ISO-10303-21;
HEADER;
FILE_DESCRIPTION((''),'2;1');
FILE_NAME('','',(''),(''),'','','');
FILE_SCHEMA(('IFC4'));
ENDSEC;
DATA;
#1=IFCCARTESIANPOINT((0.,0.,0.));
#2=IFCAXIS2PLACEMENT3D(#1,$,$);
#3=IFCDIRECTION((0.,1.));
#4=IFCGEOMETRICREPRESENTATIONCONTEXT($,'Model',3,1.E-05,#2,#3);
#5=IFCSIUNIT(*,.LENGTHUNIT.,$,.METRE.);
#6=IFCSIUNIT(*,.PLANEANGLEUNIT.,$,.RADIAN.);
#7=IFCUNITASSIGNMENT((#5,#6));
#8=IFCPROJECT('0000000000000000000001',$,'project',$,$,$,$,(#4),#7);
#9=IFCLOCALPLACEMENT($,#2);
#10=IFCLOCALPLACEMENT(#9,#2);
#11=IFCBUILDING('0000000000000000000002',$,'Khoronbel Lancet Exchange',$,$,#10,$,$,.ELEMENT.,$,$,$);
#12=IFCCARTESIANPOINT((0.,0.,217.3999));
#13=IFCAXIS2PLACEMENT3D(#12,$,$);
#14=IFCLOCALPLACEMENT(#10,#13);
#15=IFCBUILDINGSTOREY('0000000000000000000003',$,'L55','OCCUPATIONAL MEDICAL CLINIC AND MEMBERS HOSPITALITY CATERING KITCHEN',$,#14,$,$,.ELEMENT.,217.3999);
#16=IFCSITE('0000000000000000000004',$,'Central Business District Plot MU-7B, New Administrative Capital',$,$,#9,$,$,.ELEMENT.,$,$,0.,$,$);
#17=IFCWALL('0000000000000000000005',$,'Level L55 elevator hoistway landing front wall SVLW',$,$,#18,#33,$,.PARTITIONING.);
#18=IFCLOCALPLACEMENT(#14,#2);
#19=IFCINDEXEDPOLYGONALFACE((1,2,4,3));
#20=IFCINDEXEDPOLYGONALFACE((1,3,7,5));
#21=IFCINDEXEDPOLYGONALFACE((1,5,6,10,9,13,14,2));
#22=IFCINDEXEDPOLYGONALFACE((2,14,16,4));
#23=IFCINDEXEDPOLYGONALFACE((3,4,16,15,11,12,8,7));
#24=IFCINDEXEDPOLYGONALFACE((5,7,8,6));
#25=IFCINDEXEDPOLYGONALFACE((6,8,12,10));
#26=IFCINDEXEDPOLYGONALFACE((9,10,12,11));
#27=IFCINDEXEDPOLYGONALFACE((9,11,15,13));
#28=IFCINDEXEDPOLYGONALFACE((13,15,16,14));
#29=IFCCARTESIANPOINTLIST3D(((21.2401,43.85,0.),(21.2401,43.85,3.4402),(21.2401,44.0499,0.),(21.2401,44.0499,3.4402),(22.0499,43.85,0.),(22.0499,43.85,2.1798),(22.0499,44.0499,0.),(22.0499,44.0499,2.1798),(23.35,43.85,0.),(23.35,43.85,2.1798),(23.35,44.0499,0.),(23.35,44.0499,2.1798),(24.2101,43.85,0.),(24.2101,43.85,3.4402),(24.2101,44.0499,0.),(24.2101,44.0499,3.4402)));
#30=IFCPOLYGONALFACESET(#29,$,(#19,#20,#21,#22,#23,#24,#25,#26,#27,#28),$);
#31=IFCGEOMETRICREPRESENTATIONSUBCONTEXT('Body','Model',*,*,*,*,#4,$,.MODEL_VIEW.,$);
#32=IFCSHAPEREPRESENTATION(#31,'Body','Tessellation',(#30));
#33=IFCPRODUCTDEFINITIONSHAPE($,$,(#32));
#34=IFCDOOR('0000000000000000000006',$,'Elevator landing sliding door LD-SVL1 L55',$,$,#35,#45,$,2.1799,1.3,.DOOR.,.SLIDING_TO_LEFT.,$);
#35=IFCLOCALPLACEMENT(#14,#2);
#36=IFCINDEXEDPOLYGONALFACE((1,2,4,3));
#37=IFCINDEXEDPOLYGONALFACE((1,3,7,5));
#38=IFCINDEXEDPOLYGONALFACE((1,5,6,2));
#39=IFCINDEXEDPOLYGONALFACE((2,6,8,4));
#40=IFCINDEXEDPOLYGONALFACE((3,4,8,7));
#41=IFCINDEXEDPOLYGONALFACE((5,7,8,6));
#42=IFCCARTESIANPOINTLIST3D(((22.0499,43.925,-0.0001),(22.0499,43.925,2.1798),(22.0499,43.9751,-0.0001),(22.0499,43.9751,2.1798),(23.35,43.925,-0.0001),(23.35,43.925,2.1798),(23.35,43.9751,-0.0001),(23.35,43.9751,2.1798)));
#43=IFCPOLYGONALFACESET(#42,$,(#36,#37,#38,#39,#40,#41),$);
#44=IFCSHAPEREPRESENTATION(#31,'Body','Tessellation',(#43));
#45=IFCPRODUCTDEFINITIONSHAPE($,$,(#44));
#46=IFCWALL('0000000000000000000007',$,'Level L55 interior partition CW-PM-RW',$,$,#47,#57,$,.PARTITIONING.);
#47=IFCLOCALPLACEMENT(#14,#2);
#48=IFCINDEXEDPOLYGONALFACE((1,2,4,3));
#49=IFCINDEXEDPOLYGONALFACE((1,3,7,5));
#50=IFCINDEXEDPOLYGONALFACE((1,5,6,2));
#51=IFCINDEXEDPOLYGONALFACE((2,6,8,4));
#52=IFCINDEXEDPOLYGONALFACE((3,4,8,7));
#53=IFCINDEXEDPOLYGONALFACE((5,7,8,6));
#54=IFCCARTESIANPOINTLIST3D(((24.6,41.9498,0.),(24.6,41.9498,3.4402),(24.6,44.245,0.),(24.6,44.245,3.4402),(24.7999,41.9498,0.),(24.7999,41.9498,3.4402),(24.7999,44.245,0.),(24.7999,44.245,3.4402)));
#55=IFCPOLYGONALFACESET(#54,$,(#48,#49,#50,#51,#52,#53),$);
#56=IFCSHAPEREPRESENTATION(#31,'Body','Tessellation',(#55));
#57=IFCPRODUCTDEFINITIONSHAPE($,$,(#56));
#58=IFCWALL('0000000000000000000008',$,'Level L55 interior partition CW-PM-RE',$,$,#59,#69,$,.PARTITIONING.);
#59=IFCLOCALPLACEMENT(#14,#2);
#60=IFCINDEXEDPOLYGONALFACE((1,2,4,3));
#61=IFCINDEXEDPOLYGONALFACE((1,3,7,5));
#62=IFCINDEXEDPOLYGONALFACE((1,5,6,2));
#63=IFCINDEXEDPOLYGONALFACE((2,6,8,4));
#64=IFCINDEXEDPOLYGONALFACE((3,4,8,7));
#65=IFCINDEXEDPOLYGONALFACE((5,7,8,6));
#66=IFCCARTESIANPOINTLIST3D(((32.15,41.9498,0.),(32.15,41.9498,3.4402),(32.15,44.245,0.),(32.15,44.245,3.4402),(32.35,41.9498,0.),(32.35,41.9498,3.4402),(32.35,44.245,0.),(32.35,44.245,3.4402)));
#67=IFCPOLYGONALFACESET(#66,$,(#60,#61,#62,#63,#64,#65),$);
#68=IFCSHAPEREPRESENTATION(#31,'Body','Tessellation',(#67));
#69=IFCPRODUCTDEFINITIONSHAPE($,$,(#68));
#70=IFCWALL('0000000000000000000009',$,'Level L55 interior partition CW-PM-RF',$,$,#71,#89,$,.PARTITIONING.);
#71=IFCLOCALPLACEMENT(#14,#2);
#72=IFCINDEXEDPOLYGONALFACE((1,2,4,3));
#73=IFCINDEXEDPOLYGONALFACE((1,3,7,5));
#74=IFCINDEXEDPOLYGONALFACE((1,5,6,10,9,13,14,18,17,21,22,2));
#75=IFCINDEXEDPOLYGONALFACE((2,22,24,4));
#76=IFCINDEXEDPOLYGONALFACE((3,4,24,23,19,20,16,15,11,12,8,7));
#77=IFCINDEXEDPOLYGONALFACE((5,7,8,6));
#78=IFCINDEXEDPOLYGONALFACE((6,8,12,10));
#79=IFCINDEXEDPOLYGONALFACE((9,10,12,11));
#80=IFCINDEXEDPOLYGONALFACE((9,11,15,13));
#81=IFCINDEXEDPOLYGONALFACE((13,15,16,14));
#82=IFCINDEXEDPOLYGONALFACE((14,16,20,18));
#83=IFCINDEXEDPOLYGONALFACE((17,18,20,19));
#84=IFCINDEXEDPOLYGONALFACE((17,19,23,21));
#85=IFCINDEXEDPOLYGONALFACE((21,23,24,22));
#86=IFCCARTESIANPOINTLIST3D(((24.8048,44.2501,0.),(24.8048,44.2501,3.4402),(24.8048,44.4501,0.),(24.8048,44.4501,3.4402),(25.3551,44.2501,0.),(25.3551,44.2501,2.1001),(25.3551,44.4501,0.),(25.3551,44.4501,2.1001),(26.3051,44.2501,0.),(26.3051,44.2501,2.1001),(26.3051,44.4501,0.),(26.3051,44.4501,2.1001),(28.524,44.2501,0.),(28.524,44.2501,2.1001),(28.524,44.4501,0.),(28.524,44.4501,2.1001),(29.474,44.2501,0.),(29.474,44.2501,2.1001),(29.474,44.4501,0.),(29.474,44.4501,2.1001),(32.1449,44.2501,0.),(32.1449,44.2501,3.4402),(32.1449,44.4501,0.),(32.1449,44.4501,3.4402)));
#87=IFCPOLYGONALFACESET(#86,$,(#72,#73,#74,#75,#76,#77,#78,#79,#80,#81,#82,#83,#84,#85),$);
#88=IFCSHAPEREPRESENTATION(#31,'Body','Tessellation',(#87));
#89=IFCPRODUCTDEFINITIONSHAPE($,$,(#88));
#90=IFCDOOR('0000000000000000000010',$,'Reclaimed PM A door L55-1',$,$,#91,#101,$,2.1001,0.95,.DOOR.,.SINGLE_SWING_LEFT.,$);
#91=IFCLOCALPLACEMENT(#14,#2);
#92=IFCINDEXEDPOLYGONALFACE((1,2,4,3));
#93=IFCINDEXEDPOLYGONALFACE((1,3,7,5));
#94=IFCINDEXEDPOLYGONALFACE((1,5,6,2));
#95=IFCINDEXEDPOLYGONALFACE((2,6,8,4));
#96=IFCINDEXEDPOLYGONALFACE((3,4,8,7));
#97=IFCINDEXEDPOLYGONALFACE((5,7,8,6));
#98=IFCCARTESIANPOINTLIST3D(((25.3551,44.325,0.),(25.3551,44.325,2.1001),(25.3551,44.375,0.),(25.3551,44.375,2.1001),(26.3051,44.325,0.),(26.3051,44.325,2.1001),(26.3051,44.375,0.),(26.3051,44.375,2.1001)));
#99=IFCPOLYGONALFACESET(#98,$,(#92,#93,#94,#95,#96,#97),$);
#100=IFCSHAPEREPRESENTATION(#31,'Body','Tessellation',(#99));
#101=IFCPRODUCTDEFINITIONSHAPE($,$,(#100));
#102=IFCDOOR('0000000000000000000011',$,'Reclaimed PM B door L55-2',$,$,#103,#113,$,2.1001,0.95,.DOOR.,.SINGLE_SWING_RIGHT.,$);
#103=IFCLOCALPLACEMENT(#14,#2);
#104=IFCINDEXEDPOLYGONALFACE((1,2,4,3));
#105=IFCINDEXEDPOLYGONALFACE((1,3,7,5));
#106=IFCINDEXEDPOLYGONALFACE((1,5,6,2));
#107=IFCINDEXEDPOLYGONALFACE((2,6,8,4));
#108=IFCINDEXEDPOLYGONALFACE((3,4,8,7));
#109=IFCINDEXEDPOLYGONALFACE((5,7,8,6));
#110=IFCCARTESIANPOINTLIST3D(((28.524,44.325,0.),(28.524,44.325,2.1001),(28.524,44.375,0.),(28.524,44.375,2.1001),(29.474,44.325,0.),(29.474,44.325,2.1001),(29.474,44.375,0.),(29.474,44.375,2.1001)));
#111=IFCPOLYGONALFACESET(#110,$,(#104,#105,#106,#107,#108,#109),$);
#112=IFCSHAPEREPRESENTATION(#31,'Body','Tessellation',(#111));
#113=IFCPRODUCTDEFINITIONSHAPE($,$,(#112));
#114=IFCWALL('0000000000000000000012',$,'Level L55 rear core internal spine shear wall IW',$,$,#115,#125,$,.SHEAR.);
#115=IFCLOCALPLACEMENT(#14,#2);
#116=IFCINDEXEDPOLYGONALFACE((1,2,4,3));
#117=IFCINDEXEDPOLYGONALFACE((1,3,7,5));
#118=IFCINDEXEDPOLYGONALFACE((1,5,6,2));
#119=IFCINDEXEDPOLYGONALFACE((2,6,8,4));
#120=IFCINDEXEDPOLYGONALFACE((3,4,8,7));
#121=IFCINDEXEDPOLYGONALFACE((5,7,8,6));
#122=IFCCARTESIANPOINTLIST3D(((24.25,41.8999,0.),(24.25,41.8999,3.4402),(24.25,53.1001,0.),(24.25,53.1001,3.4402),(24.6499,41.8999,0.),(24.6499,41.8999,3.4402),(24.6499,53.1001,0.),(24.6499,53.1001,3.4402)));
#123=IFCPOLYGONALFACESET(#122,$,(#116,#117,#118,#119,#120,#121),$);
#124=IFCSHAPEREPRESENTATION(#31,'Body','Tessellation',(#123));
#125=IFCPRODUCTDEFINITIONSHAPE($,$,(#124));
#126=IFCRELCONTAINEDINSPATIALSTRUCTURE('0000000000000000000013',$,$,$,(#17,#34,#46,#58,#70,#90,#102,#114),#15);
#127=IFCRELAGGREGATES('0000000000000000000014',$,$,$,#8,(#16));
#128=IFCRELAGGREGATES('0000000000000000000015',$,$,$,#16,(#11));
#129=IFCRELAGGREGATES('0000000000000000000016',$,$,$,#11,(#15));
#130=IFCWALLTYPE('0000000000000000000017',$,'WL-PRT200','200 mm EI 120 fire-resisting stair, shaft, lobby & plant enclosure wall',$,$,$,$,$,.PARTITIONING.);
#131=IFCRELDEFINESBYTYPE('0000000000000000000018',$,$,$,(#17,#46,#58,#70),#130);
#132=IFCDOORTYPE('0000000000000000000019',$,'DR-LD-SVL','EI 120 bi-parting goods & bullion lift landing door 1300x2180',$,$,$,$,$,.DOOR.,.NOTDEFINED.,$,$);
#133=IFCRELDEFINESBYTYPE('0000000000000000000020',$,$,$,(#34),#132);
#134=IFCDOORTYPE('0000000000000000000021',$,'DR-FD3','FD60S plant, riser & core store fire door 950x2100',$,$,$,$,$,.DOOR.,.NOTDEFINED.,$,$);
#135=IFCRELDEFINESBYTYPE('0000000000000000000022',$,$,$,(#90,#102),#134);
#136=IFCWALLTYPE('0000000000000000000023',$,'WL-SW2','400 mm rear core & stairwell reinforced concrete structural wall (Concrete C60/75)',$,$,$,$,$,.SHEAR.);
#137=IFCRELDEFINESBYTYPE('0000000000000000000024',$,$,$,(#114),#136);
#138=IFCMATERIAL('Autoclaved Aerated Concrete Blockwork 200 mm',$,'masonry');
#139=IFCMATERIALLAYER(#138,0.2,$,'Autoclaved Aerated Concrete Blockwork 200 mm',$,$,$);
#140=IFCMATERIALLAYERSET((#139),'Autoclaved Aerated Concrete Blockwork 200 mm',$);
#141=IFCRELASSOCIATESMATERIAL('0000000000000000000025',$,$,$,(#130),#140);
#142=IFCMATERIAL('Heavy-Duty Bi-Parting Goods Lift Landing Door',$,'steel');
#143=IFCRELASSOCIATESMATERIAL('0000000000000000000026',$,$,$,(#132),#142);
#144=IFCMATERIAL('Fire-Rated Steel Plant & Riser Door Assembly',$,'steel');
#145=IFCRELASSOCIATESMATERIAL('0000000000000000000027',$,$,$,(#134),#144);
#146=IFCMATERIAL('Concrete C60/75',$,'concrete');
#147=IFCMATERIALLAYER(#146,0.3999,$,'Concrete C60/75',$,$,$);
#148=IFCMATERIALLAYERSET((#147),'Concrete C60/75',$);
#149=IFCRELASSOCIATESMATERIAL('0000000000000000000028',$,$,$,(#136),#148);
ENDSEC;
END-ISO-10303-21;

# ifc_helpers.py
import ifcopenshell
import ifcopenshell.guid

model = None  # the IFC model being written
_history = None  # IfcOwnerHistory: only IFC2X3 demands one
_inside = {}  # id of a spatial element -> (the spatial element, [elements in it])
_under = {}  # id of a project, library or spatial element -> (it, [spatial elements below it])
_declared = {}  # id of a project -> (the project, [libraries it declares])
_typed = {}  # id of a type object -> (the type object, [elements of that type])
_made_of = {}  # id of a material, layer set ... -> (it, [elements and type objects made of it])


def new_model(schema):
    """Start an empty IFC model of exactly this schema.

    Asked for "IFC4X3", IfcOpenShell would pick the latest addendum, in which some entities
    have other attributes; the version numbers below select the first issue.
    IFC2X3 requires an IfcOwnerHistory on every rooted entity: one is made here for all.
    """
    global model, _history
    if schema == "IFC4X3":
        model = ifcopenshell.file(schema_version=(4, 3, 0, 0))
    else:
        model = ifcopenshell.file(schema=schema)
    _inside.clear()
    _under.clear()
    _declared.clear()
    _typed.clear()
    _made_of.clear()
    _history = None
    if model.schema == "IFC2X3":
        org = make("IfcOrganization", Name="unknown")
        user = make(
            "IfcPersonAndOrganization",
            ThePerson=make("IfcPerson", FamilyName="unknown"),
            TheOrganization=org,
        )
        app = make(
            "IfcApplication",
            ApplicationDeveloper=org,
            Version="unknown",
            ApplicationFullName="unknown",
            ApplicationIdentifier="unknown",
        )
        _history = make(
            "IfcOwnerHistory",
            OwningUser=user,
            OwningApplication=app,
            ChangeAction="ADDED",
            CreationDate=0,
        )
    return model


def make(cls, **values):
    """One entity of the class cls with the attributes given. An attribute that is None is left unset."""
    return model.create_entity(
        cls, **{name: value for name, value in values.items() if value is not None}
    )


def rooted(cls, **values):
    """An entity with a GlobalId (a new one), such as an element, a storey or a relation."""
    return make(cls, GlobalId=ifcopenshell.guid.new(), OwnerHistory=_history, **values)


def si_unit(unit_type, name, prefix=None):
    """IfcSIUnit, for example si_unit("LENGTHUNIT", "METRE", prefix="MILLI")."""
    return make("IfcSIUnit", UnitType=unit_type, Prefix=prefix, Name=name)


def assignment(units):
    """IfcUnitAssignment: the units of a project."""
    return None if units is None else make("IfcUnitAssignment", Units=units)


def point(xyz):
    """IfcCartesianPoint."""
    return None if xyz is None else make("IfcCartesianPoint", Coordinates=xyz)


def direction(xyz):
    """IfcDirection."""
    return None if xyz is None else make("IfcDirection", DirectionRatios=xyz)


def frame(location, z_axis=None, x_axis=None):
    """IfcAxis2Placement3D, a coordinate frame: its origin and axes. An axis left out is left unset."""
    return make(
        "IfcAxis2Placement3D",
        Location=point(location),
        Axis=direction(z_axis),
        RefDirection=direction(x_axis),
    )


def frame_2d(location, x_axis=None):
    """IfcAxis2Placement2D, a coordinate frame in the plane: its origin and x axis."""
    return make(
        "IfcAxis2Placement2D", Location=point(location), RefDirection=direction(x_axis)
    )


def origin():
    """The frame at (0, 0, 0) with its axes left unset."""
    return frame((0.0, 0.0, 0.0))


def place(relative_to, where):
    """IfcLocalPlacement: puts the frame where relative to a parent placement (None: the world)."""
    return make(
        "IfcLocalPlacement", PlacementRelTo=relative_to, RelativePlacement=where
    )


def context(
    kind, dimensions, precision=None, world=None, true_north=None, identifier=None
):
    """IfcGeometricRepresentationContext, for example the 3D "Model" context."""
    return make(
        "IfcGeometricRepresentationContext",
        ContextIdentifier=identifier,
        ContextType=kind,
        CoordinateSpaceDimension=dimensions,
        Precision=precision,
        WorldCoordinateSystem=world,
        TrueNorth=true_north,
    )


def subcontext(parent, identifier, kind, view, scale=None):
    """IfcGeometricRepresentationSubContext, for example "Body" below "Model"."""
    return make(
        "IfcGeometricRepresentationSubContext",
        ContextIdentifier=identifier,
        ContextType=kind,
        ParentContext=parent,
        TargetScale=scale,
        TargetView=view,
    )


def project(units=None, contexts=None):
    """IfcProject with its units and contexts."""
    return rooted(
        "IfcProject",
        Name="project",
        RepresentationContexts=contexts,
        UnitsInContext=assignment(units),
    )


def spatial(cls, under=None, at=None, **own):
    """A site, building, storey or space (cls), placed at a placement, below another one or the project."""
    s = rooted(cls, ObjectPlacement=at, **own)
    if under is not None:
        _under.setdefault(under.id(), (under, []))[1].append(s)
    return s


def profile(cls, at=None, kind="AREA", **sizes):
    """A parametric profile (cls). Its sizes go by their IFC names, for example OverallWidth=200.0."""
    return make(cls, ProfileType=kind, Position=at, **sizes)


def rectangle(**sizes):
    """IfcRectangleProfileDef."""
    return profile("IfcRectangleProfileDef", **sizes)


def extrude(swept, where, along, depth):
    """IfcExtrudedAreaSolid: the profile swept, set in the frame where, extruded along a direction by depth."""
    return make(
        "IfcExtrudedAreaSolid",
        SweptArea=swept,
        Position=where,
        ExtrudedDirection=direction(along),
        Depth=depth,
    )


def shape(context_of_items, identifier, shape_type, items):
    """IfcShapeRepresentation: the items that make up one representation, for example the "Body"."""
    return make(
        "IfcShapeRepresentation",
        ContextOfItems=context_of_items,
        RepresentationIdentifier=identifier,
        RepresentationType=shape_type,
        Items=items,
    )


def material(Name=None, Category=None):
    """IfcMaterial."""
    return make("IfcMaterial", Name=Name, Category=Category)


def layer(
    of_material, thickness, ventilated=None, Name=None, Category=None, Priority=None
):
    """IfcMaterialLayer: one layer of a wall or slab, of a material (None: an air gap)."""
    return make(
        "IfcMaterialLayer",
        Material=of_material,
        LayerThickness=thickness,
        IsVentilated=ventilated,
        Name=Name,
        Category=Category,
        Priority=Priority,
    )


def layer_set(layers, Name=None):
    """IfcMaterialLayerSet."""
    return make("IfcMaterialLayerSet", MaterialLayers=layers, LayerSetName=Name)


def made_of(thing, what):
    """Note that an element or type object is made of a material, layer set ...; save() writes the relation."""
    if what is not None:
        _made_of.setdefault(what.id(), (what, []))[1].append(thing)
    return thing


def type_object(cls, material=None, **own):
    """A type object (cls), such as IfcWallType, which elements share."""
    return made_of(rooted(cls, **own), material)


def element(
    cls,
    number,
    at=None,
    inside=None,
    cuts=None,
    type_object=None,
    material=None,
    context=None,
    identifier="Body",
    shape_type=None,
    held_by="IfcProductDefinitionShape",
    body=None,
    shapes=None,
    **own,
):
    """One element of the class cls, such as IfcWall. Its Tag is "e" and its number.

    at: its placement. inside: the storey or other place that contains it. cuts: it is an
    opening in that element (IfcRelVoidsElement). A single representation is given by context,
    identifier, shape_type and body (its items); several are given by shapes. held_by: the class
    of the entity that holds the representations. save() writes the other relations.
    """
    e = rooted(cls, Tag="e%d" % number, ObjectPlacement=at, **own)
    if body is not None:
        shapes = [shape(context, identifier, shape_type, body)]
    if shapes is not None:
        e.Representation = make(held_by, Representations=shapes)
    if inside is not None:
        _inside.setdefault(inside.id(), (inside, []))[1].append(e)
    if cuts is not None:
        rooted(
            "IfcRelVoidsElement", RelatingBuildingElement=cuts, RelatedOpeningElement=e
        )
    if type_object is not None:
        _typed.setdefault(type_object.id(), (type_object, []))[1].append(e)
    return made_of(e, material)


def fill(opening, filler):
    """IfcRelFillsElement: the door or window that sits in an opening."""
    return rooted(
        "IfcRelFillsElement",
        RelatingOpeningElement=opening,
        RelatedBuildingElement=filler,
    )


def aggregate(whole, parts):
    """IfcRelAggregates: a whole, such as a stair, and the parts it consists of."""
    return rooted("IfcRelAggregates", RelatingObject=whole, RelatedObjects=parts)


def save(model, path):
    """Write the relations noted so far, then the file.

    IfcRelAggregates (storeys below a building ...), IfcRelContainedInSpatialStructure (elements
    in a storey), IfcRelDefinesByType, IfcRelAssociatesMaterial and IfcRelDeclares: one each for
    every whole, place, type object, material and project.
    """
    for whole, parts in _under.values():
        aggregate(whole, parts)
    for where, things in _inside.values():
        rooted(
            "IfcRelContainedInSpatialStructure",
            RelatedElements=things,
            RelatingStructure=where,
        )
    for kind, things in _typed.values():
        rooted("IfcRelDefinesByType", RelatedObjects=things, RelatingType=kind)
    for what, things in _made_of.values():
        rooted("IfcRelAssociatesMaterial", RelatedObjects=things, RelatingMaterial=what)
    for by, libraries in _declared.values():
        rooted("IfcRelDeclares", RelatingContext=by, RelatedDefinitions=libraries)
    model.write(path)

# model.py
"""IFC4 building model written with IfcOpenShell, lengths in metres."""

from ifc_helpers import new_model, si_unit, direction, frame, frame_2d, origin, place, context, subcontext, project, spatial, rectangle, extrude, material, layer, layer_set, type_object, element, fill, save


model = new_model("IFC4")

# Units and contexts
model_context = context("Model", 3, precision=1e-05, world=origin(), true_north=direction((0.0, 1.0)))
body_context = subcontext(model_context, "Body", "Model", "MODEL_VIEW")
ifc_project = project(units=[si_unit("LENGTHUNIT", "METRE"), si_unit("PLANEANGLEUNIT", "RADIAN")], contexts=[model_context])

# Site, building, storey
site_placement = place(None, origin())
site = spatial("IfcSite", under=ifc_project, at=site_placement, Name="Central Business District Plot MU-7B, New Administrative Capital", CompositionType="ELEMENT", RefElevation=0.0)
building_placement = place(site_placement, origin())
building = spatial("IfcBuilding", under=site, at=building_placement, Name="Khoronbel Lancet Exchange", CompositionType="ELEMENT")
storey_placement = place(building_placement, frame((0.0, 0.0, 217.3999)))
storey = spatial("IfcBuildingStorey", under=building, at=storey_placement, Name="L55", Description="OCCUPATIONAL MEDICAL CLINIC AND MEMBERS HOSPITALITY CATERING KITCHEN", CompositionType="ELEMENT", Elevation=217.3999)

# Shared definitions
ifc_material_1 = material(Name="Concrete C60/75", Category="concrete")

# Wall, opening, door
ifc_material_2 = material(Name="Autoclaved Aerated Concrete Blockwork 200 mm", Category="masonry")
ifc_layer_1 = layer(ifc_material_2, 0.2, Name="Autoclaved Aerated Concrete Blockwork 200 mm")
ifc_layer_set_1 = layer_set([ifc_layer_1], Name="Autoclaved Aerated Concrete Blockwork 200 mm")
wall_type_1 = type_object("IfcWallType", Name="WL-PRT200", Description="200 mm EI 120 fire-resisting stair, shaft, lobby & plant enclosure wall", PredefinedType="PARTITIONING", material=ifc_layer_set_1)
wall_1_placement = place(storey_placement, frame((24.21, 43.95, 0.0), z_axis=(0.0, 0.0, 1.0), x_axis=(-1.0, 0.0, 0.0)))
wall_1 = element("IfcWall", 1, at=wall_1_placement, inside=storey, type_object=wall_type_1, Name="Level L55 elevator hoistway landing front wall SVLW", PredefinedType="PARTITIONING", context=body_context, shape_type="SweptSolid", body=[
    extrude(rectangle(XDim=2.97, YDim=0.2, at=frame_2d((1.4849, 0.0))), origin(), (0.0, 0.0, 1.0), 3.4402),
])
opening_1_placement = place(wall_1_placement, frame((0.8601, 0.0, 0.0)))
opening_1 = element("IfcOpeningElement", 2, at=opening_1_placement, cuts=wall_1, PredefinedType="OPENING", context=body_context, shape_type="SweptSolid", body=[
    extrude(rectangle(XDim=1.3, YDim=2.1799, at=frame_2d((0.6499, 1.0898))), frame((0.0, 0.1099, 0.0), z_axis=(0.0, -1.0, 0.0), x_axis=(1.0, 0.0, 0.0)), (0.0, 0.0, 1.0), 0.22),
])
ifc_material_3 = material(Name="Heavy-Duty Bi-Parting Goods Lift Landing Door", Category="steel")
door_type_1 = type_object("IfcDoorType", Name="DR-LD-SVL", Description="EI 120 bi-parting goods & bullion lift landing door 1300x2180", OperationType="NOTDEFINED", PredefinedType="DOOR", material=ifc_material_3)
door_1_placement = place(opening_1_placement, origin())
door_1 = element("IfcDoor", 3, at=door_1_placement, inside=storey, type_object=door_type_1, Name="Elevator landing sliding door LD-SVL1 L55", OperationType="SLIDING_TO_LEFT", OverallHeight=2.1799, OverallWidth=1.3, PredefinedType="DOOR", context=body_context, shape_type="SweptSolid", body=[
    extrude(rectangle(XDim=1.3, YDim=2.1799, at=frame_2d((0.6499, 1.0898))), frame((0.0, 0.0249, 0.0), z_axis=(0.0, -1.0, 0.0), x_axis=(1.0, 0.0, 0.0)), (0.0, 0.0, 1.0), 0.05),
])
fill(opening_1, door_1)

# Walls
for number, where, z_axis, x_axis, name in (
    (4, (24.7, 41.95, 0.0), (0.0, 0.0, 1.0), (0.0, 1.0, 0.0), "Level L55 interior partition CW-PM-RW"),
    (5, (32.25, 41.95, 0.0), (0.0, 0.0, 1.0), (0.0, 1.0, 0.0), "Level L55 interior partition CW-PM-RE"),
):
    element("IfcWall", number, at=place(storey_placement, frame(where, z_axis=z_axis, x_axis=x_axis)), inside=storey, type_object=wall_type_1, Name=name, PredefinedType="PARTITIONING", context=body_context, shape_type="SweptSolid", body=[
        extrude(rectangle(XDim=2.2952, YDim=0.2, at=frame_2d((1.1475, 0.0))), origin(), (0.0, 0.0, 1.0), 3.4402),
    ])

# Wall, openings, doors
wall_2_placement = place(storey_placement, frame((24.8049, 44.3501, 0.0), z_axis=(0.0, 0.0, 1.0), x_axis=(1.0, 0.0, 0.0)))
wall_2 = element("IfcWall", 6, at=wall_2_placement, inside=storey, type_object=wall_type_1, Name="Level L55 interior partition CW-PM-RF", PredefinedType="PARTITIONING", context=body_context, shape_type="SweptSolid", body=[
    extrude(rectangle(XDim=7.3401, YDim=0.2, at=frame_2d((3.6699, 0.0))), origin(), (0.0, 0.0, 1.0), 3.4402),
])
opening_2_placement = place(wall_2_placement, frame((0.55, 0.0, 0.0)))
opening_2 = element("IfcOpeningElement", 7, at=opening_2_placement, cuts=wall_2, PredefinedType="OPENING", context=body_context, shape_type="SweptSolid", body=[
    extrude(rectangle(XDim=0.95, YDim=2.1001, at=frame_2d((0.4751, 1.05))), frame((0.0, 0.1099, 0.0), z_axis=(0.0, -1.0, 0.0), x_axis=(1.0, 0.0, 0.0)), (0.0, 0.0, 1.0), 0.22),
])
opening_3_placement = place(wall_2_placement, frame((3.719, 0.0, 0.0)))
opening_3 = element("IfcOpeningElement", 8, at=opening_3_placement, cuts=wall_2, PredefinedType="OPENING", context=body_context, shape_type="SweptSolid", body=[
    extrude(rectangle(XDim=0.95, YDim=2.1001, at=frame_2d((0.4751, 1.05))), frame((0.0, 0.1099, 0.0), z_axis=(0.0, -1.0, 0.0), x_axis=(1.0, 0.0, 0.0)), (0.0, 0.0, 1.0), 0.22),
])
ifc_material_4 = material(Name="Fire-Rated Steel Plant & Riser Door Assembly", Category="steel")
door_type_2 = type_object("IfcDoorType", Name="DR-FD3", Description="FD60S plant, riser & core store fire door 950x2100", OperationType="NOTDEFINED", PredefinedType="DOOR", material=ifc_material_4)
door_2_placement = place(opening_2_placement, origin())
door_2 = element("IfcDoor", 9, at=door_2_placement, inside=storey, type_object=door_type_2, Name="Reclaimed PM A door L55-1", OperationType="SINGLE_SWING_LEFT", OverallHeight=2.1001, OverallWidth=0.95, PredefinedType="DOOR", context=body_context, shape_type="SweptSolid", body=[
    extrude(rectangle(XDim=0.95, YDim=2.1001, at=frame_2d((0.4751, 1.05))), frame((0.0, 0.0249, 0.0), z_axis=(0.0, -1.0, 0.0), x_axis=(1.0, 0.0, 0.0)), (0.0, 0.0, 1.0), 0.05),
])
fill(opening_2, door_2)
door_3_placement = place(opening_3_placement, origin())
door_3 = element("IfcDoor", 10, at=door_3_placement, inside=storey, type_object=door_type_2, Name="Reclaimed PM B door L55-2", OperationType="SINGLE_SWING_RIGHT", OverallHeight=2.1001, OverallWidth=0.95, PredefinedType="DOOR", context=body_context, shape_type="SweptSolid", body=[
    extrude(rectangle(XDim=0.95, YDim=2.1001, at=frame_2d((0.4751, 1.05))), frame((0.0, 0.0249, 0.0), z_axis=(0.0, -1.0, 0.0), x_axis=(1.0, 0.0, 0.0)), (0.0, 0.0, 1.0), 0.05),
])
fill(opening_3, door_3)

# Wall
ifc_layer_2 = layer(ifc_material_1, 0.3999, Name="Concrete C60/75")
ifc_layer_set_2 = layer_set([ifc_layer_2], Name="Concrete C60/75")
wall_type_2 = type_object("IfcWallType", Name="WL-SW2", Description="400 mm rear core & stairwell reinforced concrete structural wall (Concrete C60/75)", PredefinedType="SHEAR", material=ifc_layer_set_2)
wall_3_placement = place(storey_placement, frame((24.45, 41.8999, 0.0), z_axis=(0.0, 0.0, 1.0), x_axis=(0.0, 1.0, 0.0)))
element("IfcWall", 11, at=wall_3_placement, inside=storey, type_object=wall_type_2, Name="Level L55 rear core internal spine shear wall IW", PredefinedType="SHEAR", context=body_context, shape_type="SweptSolid", body=[
    extrude(rectangle(XDim=11.2002, YDim=0.3999, at=frame_2d((5.6001, 0.0))), origin(), (0.0, 0.0, 1.0), 3.4402),
])

save(model, "model.ifc")
